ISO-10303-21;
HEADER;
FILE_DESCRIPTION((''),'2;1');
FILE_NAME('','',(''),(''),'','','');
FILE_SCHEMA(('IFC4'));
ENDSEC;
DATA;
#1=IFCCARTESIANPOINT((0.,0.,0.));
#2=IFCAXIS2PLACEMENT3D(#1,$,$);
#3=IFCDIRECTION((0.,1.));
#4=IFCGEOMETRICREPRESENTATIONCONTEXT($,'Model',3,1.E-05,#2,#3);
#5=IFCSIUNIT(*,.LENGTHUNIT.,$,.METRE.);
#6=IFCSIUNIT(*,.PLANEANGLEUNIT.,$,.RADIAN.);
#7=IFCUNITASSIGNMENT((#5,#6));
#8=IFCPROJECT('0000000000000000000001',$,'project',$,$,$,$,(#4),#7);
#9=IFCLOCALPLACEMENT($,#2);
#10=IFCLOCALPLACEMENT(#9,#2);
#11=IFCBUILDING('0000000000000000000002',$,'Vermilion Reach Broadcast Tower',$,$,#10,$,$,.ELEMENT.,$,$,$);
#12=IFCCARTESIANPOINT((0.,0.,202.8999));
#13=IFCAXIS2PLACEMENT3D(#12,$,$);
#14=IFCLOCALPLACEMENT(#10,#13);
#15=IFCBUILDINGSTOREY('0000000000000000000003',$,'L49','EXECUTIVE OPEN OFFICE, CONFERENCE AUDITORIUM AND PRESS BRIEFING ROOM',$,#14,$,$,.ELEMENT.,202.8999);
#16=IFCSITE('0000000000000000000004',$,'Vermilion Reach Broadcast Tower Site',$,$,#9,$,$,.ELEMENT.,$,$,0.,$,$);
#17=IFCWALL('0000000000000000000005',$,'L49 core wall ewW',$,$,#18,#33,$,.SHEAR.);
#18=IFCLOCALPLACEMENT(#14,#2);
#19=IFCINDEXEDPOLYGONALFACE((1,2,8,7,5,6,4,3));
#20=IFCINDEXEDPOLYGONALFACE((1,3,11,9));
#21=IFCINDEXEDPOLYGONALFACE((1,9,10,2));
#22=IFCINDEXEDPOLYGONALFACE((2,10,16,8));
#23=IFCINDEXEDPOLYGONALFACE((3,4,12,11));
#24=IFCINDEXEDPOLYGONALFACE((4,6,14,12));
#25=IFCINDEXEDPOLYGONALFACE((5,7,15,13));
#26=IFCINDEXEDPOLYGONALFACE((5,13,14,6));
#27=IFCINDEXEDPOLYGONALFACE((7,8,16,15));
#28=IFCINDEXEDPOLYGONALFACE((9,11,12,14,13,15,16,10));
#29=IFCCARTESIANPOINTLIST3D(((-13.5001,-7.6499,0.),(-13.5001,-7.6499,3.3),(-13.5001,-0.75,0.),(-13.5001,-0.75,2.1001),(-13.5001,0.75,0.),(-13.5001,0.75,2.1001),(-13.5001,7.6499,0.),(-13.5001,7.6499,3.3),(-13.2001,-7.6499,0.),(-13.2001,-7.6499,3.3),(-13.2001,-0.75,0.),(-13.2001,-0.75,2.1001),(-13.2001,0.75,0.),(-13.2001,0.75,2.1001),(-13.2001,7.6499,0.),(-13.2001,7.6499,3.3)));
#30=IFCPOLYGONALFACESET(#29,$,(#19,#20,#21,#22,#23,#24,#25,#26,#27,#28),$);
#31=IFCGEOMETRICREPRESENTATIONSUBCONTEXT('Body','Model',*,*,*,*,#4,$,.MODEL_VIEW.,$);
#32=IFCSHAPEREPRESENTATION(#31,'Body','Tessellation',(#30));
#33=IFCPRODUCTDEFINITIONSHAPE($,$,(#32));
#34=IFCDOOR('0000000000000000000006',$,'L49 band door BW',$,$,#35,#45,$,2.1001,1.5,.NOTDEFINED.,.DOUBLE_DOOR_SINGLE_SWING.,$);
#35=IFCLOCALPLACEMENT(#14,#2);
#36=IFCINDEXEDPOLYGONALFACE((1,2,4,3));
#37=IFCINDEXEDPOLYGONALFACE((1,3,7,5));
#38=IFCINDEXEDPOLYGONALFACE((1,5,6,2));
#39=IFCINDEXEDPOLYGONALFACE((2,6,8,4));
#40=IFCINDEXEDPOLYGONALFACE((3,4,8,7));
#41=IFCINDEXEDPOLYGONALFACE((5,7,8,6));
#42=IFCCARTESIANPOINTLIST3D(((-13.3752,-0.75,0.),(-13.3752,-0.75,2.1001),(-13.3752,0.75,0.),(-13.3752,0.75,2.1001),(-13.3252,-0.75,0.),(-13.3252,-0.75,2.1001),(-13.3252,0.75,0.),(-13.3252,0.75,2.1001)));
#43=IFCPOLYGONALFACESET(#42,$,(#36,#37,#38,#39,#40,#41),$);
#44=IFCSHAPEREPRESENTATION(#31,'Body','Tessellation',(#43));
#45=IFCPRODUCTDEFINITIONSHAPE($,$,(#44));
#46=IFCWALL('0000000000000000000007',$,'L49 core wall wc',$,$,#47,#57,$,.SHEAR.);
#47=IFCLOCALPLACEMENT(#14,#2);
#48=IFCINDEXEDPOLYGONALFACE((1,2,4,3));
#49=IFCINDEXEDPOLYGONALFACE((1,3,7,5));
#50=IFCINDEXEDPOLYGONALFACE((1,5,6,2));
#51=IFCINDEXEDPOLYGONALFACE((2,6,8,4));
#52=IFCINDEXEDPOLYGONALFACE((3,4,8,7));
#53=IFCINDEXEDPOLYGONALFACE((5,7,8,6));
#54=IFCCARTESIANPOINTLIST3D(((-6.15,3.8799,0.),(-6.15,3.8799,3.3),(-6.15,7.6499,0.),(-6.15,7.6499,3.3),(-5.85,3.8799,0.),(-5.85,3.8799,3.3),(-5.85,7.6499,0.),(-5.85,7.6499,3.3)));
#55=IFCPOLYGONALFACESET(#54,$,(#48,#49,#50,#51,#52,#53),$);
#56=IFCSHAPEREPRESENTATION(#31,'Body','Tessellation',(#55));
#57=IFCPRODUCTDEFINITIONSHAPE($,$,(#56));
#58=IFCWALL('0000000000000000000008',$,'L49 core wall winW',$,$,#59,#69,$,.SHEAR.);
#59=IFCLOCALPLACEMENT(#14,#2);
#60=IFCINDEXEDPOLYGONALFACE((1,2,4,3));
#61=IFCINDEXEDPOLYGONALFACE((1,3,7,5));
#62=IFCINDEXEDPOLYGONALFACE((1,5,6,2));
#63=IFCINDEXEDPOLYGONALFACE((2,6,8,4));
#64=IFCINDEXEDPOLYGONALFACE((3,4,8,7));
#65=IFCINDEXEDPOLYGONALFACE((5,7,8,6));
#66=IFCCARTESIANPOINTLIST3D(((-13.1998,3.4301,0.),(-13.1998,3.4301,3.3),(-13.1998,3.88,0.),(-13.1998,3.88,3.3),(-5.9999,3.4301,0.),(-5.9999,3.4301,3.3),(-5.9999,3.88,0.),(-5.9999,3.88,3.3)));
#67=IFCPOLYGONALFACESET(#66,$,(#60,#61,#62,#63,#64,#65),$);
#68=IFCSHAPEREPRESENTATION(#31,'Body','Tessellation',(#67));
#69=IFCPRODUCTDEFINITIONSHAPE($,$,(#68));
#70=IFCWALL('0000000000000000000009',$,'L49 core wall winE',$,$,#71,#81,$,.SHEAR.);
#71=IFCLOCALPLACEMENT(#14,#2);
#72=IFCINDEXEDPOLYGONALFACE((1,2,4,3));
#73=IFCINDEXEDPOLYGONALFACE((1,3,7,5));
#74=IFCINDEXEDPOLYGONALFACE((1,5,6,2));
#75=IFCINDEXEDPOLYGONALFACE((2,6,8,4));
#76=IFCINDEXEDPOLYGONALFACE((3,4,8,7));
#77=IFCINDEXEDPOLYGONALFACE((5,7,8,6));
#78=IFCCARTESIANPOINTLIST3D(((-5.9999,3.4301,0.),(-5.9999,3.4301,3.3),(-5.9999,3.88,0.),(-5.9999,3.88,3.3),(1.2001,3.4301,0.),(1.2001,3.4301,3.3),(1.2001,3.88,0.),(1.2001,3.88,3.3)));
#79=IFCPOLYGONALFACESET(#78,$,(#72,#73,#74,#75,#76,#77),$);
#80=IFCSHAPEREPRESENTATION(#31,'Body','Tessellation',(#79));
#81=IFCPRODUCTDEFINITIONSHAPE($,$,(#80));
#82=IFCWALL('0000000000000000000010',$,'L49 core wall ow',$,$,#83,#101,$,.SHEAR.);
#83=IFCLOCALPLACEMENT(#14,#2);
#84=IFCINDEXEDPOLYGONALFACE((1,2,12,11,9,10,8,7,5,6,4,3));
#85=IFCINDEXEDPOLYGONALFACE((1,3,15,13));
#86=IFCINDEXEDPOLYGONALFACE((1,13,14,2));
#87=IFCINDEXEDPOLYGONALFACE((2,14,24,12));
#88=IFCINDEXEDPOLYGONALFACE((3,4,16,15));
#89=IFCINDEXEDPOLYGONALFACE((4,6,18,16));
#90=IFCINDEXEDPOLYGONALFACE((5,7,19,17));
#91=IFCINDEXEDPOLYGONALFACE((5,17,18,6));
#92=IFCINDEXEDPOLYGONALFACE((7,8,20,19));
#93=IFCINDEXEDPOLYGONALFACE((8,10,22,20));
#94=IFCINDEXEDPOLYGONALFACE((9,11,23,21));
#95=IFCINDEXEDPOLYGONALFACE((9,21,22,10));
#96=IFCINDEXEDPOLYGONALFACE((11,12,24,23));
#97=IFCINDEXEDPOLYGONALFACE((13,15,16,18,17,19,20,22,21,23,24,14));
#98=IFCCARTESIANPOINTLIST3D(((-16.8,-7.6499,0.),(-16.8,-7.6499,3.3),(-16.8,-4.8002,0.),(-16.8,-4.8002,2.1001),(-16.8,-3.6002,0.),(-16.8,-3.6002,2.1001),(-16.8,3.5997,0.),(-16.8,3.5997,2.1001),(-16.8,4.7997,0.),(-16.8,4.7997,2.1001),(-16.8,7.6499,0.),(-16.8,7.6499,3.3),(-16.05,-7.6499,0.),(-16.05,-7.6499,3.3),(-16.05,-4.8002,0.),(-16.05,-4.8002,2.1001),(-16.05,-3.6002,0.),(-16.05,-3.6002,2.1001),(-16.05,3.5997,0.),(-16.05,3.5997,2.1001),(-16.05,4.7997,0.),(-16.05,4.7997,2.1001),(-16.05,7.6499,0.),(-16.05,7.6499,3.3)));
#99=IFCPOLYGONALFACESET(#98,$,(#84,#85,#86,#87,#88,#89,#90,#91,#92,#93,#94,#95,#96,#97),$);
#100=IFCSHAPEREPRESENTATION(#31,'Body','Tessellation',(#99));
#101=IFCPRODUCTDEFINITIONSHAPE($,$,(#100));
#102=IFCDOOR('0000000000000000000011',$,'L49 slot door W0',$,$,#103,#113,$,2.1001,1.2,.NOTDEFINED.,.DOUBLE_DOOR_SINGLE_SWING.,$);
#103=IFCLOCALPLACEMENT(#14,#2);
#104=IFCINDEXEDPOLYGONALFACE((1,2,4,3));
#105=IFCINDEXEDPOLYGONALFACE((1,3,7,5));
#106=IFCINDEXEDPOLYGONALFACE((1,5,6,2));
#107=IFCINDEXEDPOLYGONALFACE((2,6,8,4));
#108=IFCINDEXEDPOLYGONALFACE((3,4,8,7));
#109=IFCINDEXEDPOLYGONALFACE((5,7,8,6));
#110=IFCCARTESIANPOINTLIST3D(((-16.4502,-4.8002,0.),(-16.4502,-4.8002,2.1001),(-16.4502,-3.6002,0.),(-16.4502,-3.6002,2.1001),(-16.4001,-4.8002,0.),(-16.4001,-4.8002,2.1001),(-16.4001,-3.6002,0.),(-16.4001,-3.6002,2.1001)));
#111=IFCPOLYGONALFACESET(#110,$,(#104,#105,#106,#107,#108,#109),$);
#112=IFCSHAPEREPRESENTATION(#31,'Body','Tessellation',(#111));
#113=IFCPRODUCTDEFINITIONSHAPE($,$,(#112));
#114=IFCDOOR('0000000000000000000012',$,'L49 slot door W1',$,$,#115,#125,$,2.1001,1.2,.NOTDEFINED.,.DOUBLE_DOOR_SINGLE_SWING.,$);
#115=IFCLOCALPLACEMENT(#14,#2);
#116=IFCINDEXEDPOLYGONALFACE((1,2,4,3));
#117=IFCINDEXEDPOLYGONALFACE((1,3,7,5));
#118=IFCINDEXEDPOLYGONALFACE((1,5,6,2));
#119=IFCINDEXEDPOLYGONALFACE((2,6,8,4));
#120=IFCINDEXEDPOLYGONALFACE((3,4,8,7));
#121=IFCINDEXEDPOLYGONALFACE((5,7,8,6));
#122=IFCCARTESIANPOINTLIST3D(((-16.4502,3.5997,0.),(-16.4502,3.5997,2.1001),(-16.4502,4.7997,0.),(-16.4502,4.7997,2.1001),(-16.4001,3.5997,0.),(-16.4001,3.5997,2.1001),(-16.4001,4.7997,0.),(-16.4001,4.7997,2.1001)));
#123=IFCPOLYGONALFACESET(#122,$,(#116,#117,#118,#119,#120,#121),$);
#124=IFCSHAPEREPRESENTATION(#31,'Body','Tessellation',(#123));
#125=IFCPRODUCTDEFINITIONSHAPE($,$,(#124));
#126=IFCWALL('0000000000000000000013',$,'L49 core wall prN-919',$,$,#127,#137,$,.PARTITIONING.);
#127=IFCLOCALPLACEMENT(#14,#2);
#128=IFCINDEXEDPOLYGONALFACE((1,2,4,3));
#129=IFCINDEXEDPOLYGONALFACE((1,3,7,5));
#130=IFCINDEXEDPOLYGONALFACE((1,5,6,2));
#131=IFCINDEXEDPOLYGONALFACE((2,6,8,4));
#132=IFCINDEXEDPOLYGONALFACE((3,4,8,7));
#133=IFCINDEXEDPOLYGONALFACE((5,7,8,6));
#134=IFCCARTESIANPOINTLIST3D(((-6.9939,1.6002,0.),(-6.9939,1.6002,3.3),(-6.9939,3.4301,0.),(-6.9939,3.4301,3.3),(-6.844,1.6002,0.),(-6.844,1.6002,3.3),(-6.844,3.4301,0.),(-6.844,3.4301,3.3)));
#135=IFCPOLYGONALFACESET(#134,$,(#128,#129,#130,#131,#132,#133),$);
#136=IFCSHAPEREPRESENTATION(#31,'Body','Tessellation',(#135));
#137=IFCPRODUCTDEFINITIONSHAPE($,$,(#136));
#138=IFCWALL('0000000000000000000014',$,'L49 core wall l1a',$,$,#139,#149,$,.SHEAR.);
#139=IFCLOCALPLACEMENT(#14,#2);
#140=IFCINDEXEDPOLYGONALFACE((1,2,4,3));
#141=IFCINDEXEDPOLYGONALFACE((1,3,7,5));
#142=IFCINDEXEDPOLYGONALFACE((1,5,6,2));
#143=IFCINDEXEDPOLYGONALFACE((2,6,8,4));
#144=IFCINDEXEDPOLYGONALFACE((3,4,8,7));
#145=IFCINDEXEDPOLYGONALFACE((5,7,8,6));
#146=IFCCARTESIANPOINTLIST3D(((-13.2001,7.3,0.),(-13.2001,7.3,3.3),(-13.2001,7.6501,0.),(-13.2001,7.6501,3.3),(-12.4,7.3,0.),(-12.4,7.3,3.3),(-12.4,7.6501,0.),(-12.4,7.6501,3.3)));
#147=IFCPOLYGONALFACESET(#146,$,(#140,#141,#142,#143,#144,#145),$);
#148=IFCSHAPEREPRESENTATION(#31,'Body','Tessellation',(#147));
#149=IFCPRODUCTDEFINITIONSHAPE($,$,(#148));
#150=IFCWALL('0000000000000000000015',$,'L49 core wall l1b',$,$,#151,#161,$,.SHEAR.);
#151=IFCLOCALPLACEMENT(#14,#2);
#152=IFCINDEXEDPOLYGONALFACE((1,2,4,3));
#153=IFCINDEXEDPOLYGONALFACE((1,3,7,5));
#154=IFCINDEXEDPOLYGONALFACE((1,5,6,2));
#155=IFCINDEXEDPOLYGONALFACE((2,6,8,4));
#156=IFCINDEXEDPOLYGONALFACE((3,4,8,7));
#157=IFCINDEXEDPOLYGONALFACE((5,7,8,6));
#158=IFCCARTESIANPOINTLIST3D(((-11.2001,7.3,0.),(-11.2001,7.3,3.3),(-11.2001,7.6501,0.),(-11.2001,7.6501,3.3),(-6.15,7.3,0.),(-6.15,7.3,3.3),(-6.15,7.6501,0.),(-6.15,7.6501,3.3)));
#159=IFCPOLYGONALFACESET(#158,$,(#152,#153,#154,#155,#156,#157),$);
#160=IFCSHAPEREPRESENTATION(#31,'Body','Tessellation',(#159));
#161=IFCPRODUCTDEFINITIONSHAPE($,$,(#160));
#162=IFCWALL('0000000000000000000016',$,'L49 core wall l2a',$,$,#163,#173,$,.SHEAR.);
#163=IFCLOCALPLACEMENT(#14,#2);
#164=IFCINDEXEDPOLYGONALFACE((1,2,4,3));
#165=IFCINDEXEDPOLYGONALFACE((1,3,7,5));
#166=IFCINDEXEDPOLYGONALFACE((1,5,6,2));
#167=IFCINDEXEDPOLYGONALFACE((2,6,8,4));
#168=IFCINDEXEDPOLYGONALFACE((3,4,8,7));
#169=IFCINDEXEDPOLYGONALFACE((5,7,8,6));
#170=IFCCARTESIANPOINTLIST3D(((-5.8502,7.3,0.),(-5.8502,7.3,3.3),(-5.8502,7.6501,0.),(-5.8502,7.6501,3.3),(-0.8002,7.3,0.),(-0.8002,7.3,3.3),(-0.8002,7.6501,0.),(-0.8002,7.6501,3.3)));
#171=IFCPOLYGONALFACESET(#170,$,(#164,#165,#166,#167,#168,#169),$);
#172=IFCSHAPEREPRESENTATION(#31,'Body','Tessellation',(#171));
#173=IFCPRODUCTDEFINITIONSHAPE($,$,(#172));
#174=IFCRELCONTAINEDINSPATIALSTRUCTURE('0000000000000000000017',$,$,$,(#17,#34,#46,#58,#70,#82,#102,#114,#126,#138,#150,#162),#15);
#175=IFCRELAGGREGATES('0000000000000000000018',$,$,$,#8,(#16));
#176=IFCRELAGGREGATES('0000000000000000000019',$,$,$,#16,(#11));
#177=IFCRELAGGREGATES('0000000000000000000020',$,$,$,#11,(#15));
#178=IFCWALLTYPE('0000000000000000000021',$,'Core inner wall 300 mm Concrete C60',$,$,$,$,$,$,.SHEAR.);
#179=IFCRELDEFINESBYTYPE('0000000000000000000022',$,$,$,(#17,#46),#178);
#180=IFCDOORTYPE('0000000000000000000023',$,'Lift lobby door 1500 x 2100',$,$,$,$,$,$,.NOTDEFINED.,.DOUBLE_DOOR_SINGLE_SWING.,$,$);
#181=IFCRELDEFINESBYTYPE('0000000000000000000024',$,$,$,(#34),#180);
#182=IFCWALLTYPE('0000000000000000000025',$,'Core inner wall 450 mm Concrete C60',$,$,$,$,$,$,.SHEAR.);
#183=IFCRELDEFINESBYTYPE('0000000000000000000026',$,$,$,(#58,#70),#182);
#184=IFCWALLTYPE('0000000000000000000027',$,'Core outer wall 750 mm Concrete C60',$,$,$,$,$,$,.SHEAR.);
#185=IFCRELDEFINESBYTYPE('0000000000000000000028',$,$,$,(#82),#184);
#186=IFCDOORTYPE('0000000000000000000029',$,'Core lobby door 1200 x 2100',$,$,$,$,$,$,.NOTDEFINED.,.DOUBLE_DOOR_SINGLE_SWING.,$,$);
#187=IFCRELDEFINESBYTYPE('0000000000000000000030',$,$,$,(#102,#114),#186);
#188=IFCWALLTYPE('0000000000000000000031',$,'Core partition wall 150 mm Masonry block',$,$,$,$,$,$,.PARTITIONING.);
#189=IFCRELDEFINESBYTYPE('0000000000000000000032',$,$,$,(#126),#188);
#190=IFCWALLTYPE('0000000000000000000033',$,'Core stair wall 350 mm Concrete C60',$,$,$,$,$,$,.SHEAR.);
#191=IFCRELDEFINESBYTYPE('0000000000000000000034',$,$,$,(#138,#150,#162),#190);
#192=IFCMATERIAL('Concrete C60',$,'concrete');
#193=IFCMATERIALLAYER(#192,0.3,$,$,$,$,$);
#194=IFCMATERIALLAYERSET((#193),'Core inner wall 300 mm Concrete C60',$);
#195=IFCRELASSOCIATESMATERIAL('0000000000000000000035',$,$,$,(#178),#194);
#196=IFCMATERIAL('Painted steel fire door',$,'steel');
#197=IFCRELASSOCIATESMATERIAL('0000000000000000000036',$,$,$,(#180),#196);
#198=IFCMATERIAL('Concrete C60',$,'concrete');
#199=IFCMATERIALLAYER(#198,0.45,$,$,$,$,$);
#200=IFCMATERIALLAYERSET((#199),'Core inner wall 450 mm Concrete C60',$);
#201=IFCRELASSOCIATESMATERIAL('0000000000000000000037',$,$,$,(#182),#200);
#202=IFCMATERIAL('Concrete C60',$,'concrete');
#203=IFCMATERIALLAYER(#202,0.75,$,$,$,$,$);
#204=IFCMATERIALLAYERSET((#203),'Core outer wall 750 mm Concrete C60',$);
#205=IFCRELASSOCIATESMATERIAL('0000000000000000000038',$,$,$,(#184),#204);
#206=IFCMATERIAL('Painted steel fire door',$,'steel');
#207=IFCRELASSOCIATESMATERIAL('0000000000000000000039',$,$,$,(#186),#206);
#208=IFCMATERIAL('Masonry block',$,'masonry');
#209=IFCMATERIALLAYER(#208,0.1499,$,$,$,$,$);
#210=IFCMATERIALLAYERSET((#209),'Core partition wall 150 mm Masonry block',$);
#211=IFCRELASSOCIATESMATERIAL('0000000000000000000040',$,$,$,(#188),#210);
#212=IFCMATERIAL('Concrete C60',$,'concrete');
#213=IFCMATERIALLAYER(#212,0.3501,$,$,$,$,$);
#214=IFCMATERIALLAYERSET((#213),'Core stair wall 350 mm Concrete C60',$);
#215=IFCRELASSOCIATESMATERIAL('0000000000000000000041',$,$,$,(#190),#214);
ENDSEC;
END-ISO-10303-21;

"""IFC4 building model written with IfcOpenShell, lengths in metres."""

from ifc_helpers import new_model, si_unit, direction, frame, frame_2d, origin, place, context, subcontext, project, spatial, rectangle, extrude, material, layer, layer_set, type_object, element, fill, save


model = new_model("IFC4")

# Units and contexts
model_context = context("Model", 3, precision=1e-05, world=origin(), true_north=direction((0.0, 1.0)))
body_context = subcontext(model_context, "Body", "Model", "MODEL_VIEW")
ifc_project = project(units=[si_unit("LENGTHUNIT", "METRE"), si_unit("PLANEANGLEUNIT", "RADIAN")], contexts=[model_context])

# Site, building, storey
site_placement = place(None, origin())
site = spatial("IfcSite", under=ifc_project, at=site_placement, Name="Vermilion Reach Broadcast Tower Site", CompositionType="ELEMENT", RefElevation=0.0)
building_placement = place(site_placement, origin())
building = spatial("IfcBuilding", under=site, at=building_placement, Name="Vermilion Reach Broadcast Tower", CompositionType="ELEMENT")
storey_placement = place(building_placement, frame((0.0, 0.0, 202.8999)))
storey = spatial("IfcBuildingStorey", under=building, at=storey_placement, Name="L49", Description="EXECUTIVE OPEN OFFICE, CONFERENCE AUDITORIUM AND PRESS BRIEFING ROOM", CompositionType="ELEMENT", Elevation=202.8999)

# Wall, opening, door
ifc_material_1 = material(Name="Concrete C60", Category="concrete")
ifc_layer_1 = layer(ifc_material_1, 0.3)
ifc_layer_set_1 = layer_set([ifc_layer_1], Name="Core inner wall 300 mm Concrete C60")
wall_type_1 = type_object("IfcWallType", Name="Core inner wall 300 mm Concrete C60", PredefinedType="SHEAR", material=ifc_layer_set_1)
wall_1_placement = place(storey_placement, frame((-13.3501, 7.6499, 0.0), z_axis=(0.0, 0.0, 1.0), x_axis=(0.0, -1.0, 0.0)))
wall_1 = element("IfcWall", 1, at=wall_1_placement, inside=storey, type_object=wall_type_1, Name="L49 core wall ewW", PredefinedType="SHEAR", context=body_context, shape_type="SweptSolid", body=[
    extrude(rectangle(XDim=15.2998, YDim=0.3, at=frame_2d((7.6499, 0.0))), origin(), (0.0, 0.0, 1.0), 3.3),
])
opening_1_placement = place(wall_1_placement, frame((6.8999, 0.0, 0.0)))
opening_1 = element("IfcOpeningElement", 2, at=opening_1_placement, cuts=wall_1, PredefinedType="OPENING", context=body_context, shape_type="SweptSolid", body=[
    extrude(rectangle(XDim=1.5, YDim=2.1001, at=frame_2d((0.75, 1.05))), frame((0.0, 0.1599, 0.0), z_axis=(0.0, -1.0, 0.0), x_axis=(1.0, 0.0, 0.0)), (0.0, 0.0, 1.0), 0.3201),
])
ifc_material_2 = material(Name="Painted steel fire door", Category="steel")
door_type_1 = type_object("IfcDoorType", Name="Lift lobby door 1500 x 2100", OperationType="DOUBLE_DOOR_SINGLE_SWING", PredefinedType="NOTDEFINED", material=ifc_material_2)
door_1_placement = place(opening_1_placement, origin())
door_1 = element("IfcDoor", 3, at=door_1_placement, inside=storey, type_object=door_type_1, Name="L49 band door BW", OperationType="DOUBLE_DOOR_SINGLE_SWING", OverallHeight=2.1001, OverallWidth=1.5, PredefinedType="NOTDEFINED", context=body_context, shape_type="SweptSolid", body=[
    extrude(rectangle(XDim=1.5, YDim=2.1001, at=frame_2d((0.75, 1.05))), frame((0.0, 0.0249, 0.0), z_axis=(0.0, -1.0, 0.0), x_axis=(1.0, 0.0, 0.0)), (0.0, 0.0, 1.0), 0.05),
])
fill(opening_1, door_1)

# Walls
wall_2_placement = place(storey_placement, frame((-6.0, 3.8799, 0.0), z_axis=(0.0, 0.0, 1.0), x_axis=(0.0, 1.0, 0.0)))
element("IfcWall", 4, at=wall_2_placement, inside=storey, type_object=wall_type_1, Name="L49 core wall wc", PredefinedType="SHEAR", context=body_context, shape_type="SweptSolid", body=[
    extrude(rectangle(XDim=3.77, YDim=0.3, at=frame_2d((1.885, 0.0))), origin(), (0.0, 0.0, 1.0), 3.3),
])
ifc_material_3 = material(Name="Concrete C60", Category="concrete")
ifc_layer_2 = layer(ifc_material_3, 0.45)
ifc_layer_set_2 = layer_set([ifc_layer_2], Name="Core inner wall 450 mm Concrete C60")
wall_type_2 = type_object("IfcWallType", Name="Core inner wall 450 mm Concrete C60", PredefinedType="SHEAR", material=ifc_layer_set_2)
for number, where, z_axis, x_axis, name in (
    (5, (-13.2, 3.655, 0.0), (0.0, 0.0, 1.0), (1.0, 0.0, 0.0), "L49 core wall winW"),
    (6, (-6.0, 3.655, 0.0), (0.0, 0.0, 1.0), (1.0, 0.0, 0.0), "L49 core wall winE"),
):
    element("IfcWall", number, at=place(storey_placement, frame(where, z_axis=z_axis, x_axis=x_axis)), inside=storey, type_object=wall_type_2, Name=name, PredefinedType="SHEAR", context=body_context, shape_type="SweptSolid", body=[
        extrude(rectangle(XDim=7.2, YDim=0.45, at=frame_2d((3.6001, 0.0))), origin(), (0.0, 0.0, 1.0), 3.3),
    ])

# Wall, openings, doors
ifc_material_4 = material(Name="Concrete C60", Category="concrete")
ifc_layer_3 = layer(ifc_material_4, 0.75)
ifc_layer_set_3 = layer_set([ifc_layer_3], Name="Core outer wall 750 mm Concrete C60")
wall_type_3 = type_object("IfcWallType", Name="Core outer wall 750 mm Concrete C60", PredefinedType="SHEAR", material=ifc_layer_set_3)
wall_3_placement = place(storey_placement, frame((-16.425, 7.6499, 0.0), z_axis=(0.0, 0.0, 1.0), x_axis=(0.0, -1.0, 0.0)))
wall_3 = element("IfcWall", 7, at=wall_3_placement, inside=storey, type_object=wall_type_3, Name="L49 core wall ow", PredefinedType="SHEAR", context=body_context, shape_type="SweptSolid", body=[
    extrude(rectangle(XDim=15.2998, YDim=0.75, at=frame_2d((7.6499, 0.0))), origin(), (0.0, 0.0, 1.0), 3.3),
])
opening_2_placement = place(wall_3_placement, frame((11.25, 0.0, 0.0)))
opening_2 = element("IfcOpeningElement", 8, at=opening_2_placement, cuts=wall_3, PredefinedType="OPENING", context=body_context, shape_type="SweptSolid", body=[
    extrude(rectangle(XDim=1.2, YDim=2.1001, at=frame_2d((0.6001, 1.05))), frame((0.0, 0.385, 0.0), z_axis=(0.0, -1.0, 0.0), x_axis=(1.0, 0.0, 0.0)), (0.0, 0.0, 1.0), 0.77),
])
opening_3_placement = place(wall_3_placement, frame((2.8501, 0.0, 0.0)))
opening_3 = element("IfcOpeningElement", 9, at=opening_3_placement, cuts=wall_3, PredefinedType="OPENING", context=body_context, shape_type="SweptSolid", body=[
    extrude(rectangle(XDim=1.2, YDim=2.1001, at=frame_2d((0.6001, 1.05))), frame((0.0, 0.385, 0.0), z_axis=(0.0, -1.0, 0.0), x_axis=(1.0, 0.0, 0.0)), (0.0, 0.0, 1.0), 0.77),
])
ifc_material_5 = material(Name="Painted steel fire door", Category="steel")
door_type_2 = type_object("IfcDoorType", Name="Core lobby door 1200 x 2100", OperationType="DOUBLE_DOOR_SINGLE_SWING", PredefinedType="NOTDEFINED", material=ifc_material_5)
door_2_placement = place(opening_2_placement, origin())
door_2 = element("IfcDoor", 10, at=door_2_placement, inside=storey, type_object=door_type_2, Name="L49 slot door W0", OperationType="DOUBLE_DOOR_SINGLE_SWING", OverallHeight=2.1001, OverallWidth=1.2, PredefinedType="NOTDEFINED", context=body_context, shape_type="SweptSolid", body=[
    extrude(rectangle(XDim=1.2, YDim=2.1001, at=frame_2d((0.6001, 1.05))), frame((0.0, 0.0249, 0.0), z_axis=(0.0, -1.0, 0.0), x_axis=(1.0, 0.0, 0.0)), (0.0, 0.0, 1.0), 0.05),
])
fill(opening_2, door_2)
door_3_placement = place(opening_3_placement, origin())
door_3 = element("IfcDoor", 11, at=door_3_placement, inside=storey, type_object=door_type_2, Name="L49 slot door W1", OperationType="DOUBLE_DOOR_SINGLE_SWING", OverallHeight=2.1001, OverallWidth=1.2, PredefinedType="NOTDEFINED", context=body_context, shape_type="SweptSolid", body=[
    extrude(rectangle(XDim=1.2, YDim=2.1001, at=frame_2d((0.6001, 1.05))), frame((0.0, 0.0249, 0.0), z_axis=(0.0, -1.0, 0.0), x_axis=(1.0, 0.0, 0.0)), (0.0, 0.0, 1.0), 0.05),
])
fill(opening_3, door_3)

# Walls
ifc_material_6 = material(Name="Masonry block", Category="masonry")
ifc_layer_4 = layer(ifc_material_6, 0.1499)
ifc_layer_set_4 = layer_set([ifc_layer_4], Name="Core partition wall 150 mm Masonry block")
wall_type_4 = type_object("IfcWallType", Name="Core partition wall 150 mm Masonry block", PredefinedType="PARTITIONING", material=ifc_layer_set_4)
wall_4_placement = place(storey_placement, frame((-6.9189, 1.6001, 0.0), z_axis=(0.0, 0.0, 1.0), x_axis=(0.0, 1.0, 0.0)))
element("IfcWall", 12, at=wall_4_placement, inside=storey, type_object=wall_type_4, Name="L49 core wall prN-919", PredefinedType="PARTITIONING", context=body_context, shape_type="SweptSolid", body=[
    extrude(rectangle(XDim=1.8298, YDim=0.1499, at=frame_2d((0.915, 0.0))), origin(), (0.0, 0.0, 1.0), 3.3),
])
ifc_material_7 = material(Name="Concrete C60", Category="concrete")
ifc_layer_5 = layer(ifc_material_7, 0.3501)
ifc_layer_set_5 = layer_set([ifc_layer_5], Name="Core stair wall 350 mm Concrete C60")
wall_type_5 = type_object("IfcWallType", Name="Core stair wall 350 mm Concrete C60", PredefinedType="SHEAR", material=ifc_layer_set_5)
wall_5_placement = place(storey_placement, frame((-13.2, 7.4751, 0.0), z_axis=(0.0, 0.0, 1.0), x_axis=(1.0, 0.0, 0.0)))
element("IfcWall", 13, at=wall_5_placement, inside=storey, type_object=wall_type_5, Name="L49 core wall l1a", PredefinedType="SHEAR", context=body_context, shape_type="SweptSolid", body=[
    extrude(rectangle(XDim=0.8, YDim=0.3501, at=frame_2d((0.3999, 0.0))), origin(), (0.0, 0.0, 1.0), 3.3),
])
for number, where, z_axis, x_axis, name in (
    (14, (-11.2, 7.4751, 0.0), (0.0, 0.0, 1.0), (1.0, 0.0, 0.0), "L49 core wall l1b"),
    (15, (-5.8501, 7.4751, 0.0), (0.0, 0.0, 1.0), (1.0, 0.0, 0.0), "L49 core wall l2a"),
):
    element("IfcWall", number, at=place(storey_placement, frame(where, z_axis=z_axis, x_axis=x_axis)), inside=storey, type_object=wall_type_5, Name=name, PredefinedType="SHEAR", context=body_context, shape_type="SweptSolid", body=[
        extrude(rectangle(XDim=5.05, YDim=0.3501, at=frame_2d((2.5249, 0.0))), origin(), (0.0, 0.0, 1.0), 3.3),
    ])

save(model, "model.ifc")
